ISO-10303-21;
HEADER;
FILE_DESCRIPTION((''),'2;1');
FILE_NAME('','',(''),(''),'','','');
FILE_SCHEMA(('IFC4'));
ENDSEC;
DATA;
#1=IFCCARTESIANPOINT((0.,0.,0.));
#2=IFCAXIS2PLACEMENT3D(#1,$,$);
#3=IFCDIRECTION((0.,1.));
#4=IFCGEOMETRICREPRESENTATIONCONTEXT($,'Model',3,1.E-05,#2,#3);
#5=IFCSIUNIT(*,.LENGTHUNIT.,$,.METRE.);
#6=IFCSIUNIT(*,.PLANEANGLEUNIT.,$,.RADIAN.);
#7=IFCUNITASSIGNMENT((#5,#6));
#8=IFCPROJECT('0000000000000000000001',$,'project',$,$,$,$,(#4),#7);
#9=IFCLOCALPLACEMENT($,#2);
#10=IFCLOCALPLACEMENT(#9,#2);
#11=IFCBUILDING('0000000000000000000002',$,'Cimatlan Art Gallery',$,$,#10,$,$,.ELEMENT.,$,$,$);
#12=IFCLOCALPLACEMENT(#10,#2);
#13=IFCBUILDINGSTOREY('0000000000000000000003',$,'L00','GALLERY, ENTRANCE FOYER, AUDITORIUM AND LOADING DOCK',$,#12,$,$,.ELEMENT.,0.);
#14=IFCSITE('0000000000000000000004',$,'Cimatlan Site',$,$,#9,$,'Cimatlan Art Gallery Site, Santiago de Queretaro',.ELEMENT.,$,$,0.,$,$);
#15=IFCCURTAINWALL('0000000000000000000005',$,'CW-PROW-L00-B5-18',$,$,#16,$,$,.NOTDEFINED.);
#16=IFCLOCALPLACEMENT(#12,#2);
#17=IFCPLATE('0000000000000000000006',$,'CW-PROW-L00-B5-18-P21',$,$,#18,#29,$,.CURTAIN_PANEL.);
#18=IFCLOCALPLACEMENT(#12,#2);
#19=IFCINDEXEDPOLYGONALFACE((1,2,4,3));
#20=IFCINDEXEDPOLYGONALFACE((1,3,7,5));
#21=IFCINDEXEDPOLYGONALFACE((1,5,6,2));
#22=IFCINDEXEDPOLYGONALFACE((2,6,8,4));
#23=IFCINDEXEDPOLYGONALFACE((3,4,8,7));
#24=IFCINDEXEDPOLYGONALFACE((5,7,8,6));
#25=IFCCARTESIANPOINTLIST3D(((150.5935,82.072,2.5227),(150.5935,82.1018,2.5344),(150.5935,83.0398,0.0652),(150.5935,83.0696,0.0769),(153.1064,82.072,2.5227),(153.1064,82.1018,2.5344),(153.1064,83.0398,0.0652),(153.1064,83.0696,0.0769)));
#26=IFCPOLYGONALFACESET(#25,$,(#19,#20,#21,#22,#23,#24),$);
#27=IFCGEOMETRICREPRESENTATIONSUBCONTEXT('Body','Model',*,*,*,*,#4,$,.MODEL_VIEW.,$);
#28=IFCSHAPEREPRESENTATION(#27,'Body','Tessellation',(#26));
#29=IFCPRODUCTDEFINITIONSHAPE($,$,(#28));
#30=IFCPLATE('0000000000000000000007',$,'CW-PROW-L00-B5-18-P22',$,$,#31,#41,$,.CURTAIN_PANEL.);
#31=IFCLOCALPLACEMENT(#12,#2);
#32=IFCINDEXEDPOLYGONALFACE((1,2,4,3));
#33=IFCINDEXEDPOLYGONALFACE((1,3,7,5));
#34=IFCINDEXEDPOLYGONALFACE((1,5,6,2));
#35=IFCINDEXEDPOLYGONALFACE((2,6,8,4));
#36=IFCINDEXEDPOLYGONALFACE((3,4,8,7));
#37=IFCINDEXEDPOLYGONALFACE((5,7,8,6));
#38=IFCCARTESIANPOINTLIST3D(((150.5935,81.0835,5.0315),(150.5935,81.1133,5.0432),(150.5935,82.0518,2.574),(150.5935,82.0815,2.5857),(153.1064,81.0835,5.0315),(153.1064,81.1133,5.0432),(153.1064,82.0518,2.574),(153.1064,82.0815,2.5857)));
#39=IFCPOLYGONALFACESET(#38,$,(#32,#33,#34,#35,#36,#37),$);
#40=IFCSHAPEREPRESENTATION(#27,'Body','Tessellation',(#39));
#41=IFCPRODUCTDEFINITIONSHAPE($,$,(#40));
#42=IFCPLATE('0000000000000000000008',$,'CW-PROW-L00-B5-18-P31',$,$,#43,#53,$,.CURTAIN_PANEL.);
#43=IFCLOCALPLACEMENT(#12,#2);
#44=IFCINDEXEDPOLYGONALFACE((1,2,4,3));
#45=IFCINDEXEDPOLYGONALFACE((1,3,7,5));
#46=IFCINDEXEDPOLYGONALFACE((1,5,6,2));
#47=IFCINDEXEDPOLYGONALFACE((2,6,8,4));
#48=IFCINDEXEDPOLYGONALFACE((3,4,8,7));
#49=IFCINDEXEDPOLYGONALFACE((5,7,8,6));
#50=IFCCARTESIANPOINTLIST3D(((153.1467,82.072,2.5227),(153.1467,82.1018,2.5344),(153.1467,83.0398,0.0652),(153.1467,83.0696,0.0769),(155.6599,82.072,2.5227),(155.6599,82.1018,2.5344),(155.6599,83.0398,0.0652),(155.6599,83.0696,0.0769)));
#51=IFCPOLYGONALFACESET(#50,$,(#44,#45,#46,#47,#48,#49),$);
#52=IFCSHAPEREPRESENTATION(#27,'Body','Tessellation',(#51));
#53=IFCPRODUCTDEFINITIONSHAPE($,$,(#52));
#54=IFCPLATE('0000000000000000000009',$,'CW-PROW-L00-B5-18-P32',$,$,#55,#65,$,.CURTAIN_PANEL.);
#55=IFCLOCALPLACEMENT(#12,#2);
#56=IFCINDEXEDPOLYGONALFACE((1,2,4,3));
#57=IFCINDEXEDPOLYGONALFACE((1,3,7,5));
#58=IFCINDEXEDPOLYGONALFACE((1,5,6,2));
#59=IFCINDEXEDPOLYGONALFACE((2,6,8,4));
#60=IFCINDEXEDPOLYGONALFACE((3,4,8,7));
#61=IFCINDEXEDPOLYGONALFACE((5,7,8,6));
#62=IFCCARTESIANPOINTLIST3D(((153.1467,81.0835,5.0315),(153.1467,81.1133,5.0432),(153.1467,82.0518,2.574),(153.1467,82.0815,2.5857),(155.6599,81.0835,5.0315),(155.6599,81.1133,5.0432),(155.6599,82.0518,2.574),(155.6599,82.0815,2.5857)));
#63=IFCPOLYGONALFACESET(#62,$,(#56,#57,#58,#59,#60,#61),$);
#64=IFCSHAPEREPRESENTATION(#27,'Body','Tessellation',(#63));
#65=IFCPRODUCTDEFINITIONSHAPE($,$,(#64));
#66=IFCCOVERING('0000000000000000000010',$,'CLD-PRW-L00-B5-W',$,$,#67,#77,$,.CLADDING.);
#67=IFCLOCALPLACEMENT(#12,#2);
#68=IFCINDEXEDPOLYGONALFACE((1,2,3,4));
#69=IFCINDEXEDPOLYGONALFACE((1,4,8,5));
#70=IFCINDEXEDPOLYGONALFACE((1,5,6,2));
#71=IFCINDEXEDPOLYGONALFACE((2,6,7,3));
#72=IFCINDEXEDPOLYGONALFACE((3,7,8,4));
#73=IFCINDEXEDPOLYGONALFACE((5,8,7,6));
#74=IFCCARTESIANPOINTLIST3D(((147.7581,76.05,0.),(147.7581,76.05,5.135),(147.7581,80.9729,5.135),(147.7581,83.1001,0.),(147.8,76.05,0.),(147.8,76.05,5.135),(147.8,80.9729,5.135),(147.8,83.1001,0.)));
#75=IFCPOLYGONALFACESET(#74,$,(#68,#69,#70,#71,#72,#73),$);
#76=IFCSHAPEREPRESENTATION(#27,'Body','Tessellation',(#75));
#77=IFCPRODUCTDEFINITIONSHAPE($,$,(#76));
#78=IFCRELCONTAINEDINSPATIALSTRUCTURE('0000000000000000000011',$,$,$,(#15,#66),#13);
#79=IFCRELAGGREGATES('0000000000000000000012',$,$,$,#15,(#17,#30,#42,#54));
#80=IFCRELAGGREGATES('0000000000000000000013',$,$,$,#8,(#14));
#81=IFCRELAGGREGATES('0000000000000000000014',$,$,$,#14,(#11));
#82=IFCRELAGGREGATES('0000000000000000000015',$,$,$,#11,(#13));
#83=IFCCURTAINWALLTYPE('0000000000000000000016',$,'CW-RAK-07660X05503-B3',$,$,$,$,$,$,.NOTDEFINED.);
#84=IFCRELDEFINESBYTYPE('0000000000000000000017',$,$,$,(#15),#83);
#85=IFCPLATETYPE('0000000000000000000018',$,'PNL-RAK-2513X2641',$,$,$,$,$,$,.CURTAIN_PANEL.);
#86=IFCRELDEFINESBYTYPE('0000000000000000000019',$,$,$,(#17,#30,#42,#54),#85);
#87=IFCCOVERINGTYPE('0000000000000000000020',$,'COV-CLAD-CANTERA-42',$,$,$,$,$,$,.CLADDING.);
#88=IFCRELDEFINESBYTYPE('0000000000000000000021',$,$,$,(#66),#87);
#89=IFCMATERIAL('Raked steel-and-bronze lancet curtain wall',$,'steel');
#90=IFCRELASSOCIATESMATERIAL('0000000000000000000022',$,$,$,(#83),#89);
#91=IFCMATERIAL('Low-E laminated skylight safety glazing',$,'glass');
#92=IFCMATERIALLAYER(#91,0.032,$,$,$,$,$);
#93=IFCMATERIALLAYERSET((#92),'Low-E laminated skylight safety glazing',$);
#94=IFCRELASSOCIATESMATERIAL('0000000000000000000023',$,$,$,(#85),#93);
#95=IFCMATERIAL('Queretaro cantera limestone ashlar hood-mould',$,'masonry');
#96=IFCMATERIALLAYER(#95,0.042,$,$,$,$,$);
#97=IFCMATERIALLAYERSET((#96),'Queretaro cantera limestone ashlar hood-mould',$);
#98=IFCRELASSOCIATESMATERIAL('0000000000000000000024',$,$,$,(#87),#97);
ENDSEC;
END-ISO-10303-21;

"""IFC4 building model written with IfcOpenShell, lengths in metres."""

from ifc_helpers import new_model, si_unit, direction, frame, origin, place, context, subcontext, project, spatial, polyline, outline, extrude, material, layer, layer_set, type_object, element, aggregate, save


model = new_model("IFC4")

# Units and contexts
model_context = context("Model", 3, precision=1e-05, world=origin(), true_north=direction((0.0, 1.0)))
body_context = subcontext(model_context, "Body", "Model", "MODEL_VIEW")
ifc_project = project(units=[si_unit("LENGTHUNIT", "METRE"), si_unit("PLANEANGLEUNIT", "RADIAN")], contexts=[model_context])

# Site, building, storey
site_placement = place(None, origin())
site = spatial("IfcSite", under=ifc_project, at=site_placement, Name="Cimatlan Site", LongName="Cimatlan Art Gallery Site, Santiago de Queretaro", CompositionType="ELEMENT", RefElevation=0.0)
building_placement = place(site_placement, origin())
building = spatial("IfcBuilding", under=site, at=building_placement, Name="Cimatlan Art Gallery", CompositionType="ELEMENT")
storey_placement = place(building_placement, origin())
storey = spatial("IfcBuildingStorey", under=building, at=storey_placement, Name="L00", Description="GALLERY, ENTRANCE FOYER, AUDITORIUM AND LOADING DOCK", CompositionType="ELEMENT", Elevation=0.0)

# Curtain wall
ifc_material_1 = material(Name="Raked steel-and-bronze lancet curtain wall", Category="steel")
curtain_wall_type = type_object("IfcCurtainWallType", Name="CW-RAK-07660X05503-B3", PredefinedType="NOTDEFINED", material=ifc_material_1)
curtain_wall_placement = place(storey_placement, origin())
curtain_wall = element("IfcCurtainWall", 1, at=curtain_wall_placement, inside=storey, type_object=curtain_wall_type, Name="CW-PROW-L00-B5-18", PredefinedType="NOTDEFINED")

# Plates
ifc_material_2 = material(Name="Low-E laminated skylight safety glazing", Category="glass")
ifc_layer_1 = layer(ifc_material_2, 0.032)
ifc_layer_set_1 = layer_set([ifc_layer_1], Name="Low-E laminated skylight safety glazing")
plate_type = type_object("IfcPlateType", Name="PNL-RAK-2513X2641", PredefinedType="CURTAIN_PANEL", material=ifc_layer_set_1)
plate_1_placement = place(storey_placement, frame((150.5935, 83.0696, 0.0769), z_axis=(0.0, 0.930452, 0.366413), x_axis=(1.0, 0.0, 0.0)))
plate_1 = element("IfcPlate", 2, at=plate_1_placement, type_object=plate_type, Name="CW-PROW-L00-B5-18-P21", PredefinedType="CURTAIN_PANEL", context=body_context, shape_type="SweptSolid", body=[
    extrude(outline(polyline([(0.0, 0.0), (2.5129, 0.0), (2.5129, -2.6412), (0.0, -2.6412), (0.0, 0.0)])), origin(), (0.0, 0.0, -1.0), 0.032),
])
plate_2_placement = place(storey_placement, frame((150.5935, 82.0815, 2.5857), z_axis=(0.0, 0.930389, 0.366573), x_axis=(1.0, 0.0, 0.0)))
plate_2 = element("IfcPlate", 3, at=plate_2_placement, type_object=plate_type, Name="CW-PROW-L00-B5-18-P22", PredefinedType="CURTAIN_PANEL", context=body_context, shape_type="SweptSolid", body=[
    extrude(outline(polyline([(0.0, 0.0), (2.5129, 0.0), (2.5129, -2.6414), (0.0, -2.6414), (0.0, 0.0)])), origin(), (0.0, 0.0, -1.0), 0.032),
])
plate_3_placement = place(storey_placement, frame((153.1467, 83.0696, 0.0769), z_axis=(0.0, 0.930452, 0.366413), x_axis=(1.0, 0.0, 0.0)))
plate_3 = element("IfcPlate", 4, at=plate_3_placement, type_object=plate_type, Name="CW-PROW-L00-B5-18-P31", PredefinedType="CURTAIN_PANEL", context=body_context, shape_type="SweptSolid", body=[
    extrude(outline(polyline([(0.0, 0.0), (2.5132, 0.0), (2.5132, -2.6412), (0.0, -2.6412), (0.0, 0.0)])), origin(), (0.0, 0.0, -1.0), 0.032),
])
plate_4_placement = place(storey_placement, frame((153.1467, 82.0815, 2.5857), z_axis=(0.0, 0.930389, 0.366573), x_axis=(1.0, 0.0, 0.0)))
plate_4 = element("IfcPlate", 5, at=plate_4_placement, type_object=plate_type, Name="CW-PROW-L00-B5-18-P32", PredefinedType="CURTAIN_PANEL", context=body_context, shape_type="SweptSolid", body=[
    extrude(outline(polyline([(0.0, 0.0), (2.5132, 0.0), (2.5132, -2.6414), (0.0, -2.6414), (0.0, 0.0)])), origin(), (0.0, 0.0, -1.0), 0.032),
])
aggregate(curtain_wall, [plate_1, plate_2, plate_3, plate_4])

# Covering
ifc_material_3 = material(Name="Queretaro cantera limestone ashlar hood-mould", Category="masonry")
ifc_layer_2 = layer(ifc_material_3, 0.042)
ifc_layer_set_2 = layer_set([ifc_layer_2], Name="Queretaro cantera limestone ashlar hood-mould")
covering_type = type_object("IfcCoveringType", Name="COV-CLAD-CANTERA-42", PredefinedType="CLADDING", material=ifc_layer_set_2)
covering_placement = place(storey_placement, frame((147.8, 76.05, 0.0), z_axis=(1.0, 0.0, 0.0), x_axis=(0.0, 1.0, 0.0)))
element("IfcCovering", 6, at=covering_placement, inside=storey, type_object=covering_type, Name="CLD-PRW-L00-B5-W", PredefinedType="CLADDING", context=body_context, shape_type="SweptSolid", body=[
    extrude(outline(polyline([(0.0, 0.0), (7.05, 0.0), (4.9229, 5.135), (0.0, 5.135), (0.0, 0.0)])), origin(), (0.0, 0.0, -1.0), 0.042),
])

save(model, "model.ifc")
